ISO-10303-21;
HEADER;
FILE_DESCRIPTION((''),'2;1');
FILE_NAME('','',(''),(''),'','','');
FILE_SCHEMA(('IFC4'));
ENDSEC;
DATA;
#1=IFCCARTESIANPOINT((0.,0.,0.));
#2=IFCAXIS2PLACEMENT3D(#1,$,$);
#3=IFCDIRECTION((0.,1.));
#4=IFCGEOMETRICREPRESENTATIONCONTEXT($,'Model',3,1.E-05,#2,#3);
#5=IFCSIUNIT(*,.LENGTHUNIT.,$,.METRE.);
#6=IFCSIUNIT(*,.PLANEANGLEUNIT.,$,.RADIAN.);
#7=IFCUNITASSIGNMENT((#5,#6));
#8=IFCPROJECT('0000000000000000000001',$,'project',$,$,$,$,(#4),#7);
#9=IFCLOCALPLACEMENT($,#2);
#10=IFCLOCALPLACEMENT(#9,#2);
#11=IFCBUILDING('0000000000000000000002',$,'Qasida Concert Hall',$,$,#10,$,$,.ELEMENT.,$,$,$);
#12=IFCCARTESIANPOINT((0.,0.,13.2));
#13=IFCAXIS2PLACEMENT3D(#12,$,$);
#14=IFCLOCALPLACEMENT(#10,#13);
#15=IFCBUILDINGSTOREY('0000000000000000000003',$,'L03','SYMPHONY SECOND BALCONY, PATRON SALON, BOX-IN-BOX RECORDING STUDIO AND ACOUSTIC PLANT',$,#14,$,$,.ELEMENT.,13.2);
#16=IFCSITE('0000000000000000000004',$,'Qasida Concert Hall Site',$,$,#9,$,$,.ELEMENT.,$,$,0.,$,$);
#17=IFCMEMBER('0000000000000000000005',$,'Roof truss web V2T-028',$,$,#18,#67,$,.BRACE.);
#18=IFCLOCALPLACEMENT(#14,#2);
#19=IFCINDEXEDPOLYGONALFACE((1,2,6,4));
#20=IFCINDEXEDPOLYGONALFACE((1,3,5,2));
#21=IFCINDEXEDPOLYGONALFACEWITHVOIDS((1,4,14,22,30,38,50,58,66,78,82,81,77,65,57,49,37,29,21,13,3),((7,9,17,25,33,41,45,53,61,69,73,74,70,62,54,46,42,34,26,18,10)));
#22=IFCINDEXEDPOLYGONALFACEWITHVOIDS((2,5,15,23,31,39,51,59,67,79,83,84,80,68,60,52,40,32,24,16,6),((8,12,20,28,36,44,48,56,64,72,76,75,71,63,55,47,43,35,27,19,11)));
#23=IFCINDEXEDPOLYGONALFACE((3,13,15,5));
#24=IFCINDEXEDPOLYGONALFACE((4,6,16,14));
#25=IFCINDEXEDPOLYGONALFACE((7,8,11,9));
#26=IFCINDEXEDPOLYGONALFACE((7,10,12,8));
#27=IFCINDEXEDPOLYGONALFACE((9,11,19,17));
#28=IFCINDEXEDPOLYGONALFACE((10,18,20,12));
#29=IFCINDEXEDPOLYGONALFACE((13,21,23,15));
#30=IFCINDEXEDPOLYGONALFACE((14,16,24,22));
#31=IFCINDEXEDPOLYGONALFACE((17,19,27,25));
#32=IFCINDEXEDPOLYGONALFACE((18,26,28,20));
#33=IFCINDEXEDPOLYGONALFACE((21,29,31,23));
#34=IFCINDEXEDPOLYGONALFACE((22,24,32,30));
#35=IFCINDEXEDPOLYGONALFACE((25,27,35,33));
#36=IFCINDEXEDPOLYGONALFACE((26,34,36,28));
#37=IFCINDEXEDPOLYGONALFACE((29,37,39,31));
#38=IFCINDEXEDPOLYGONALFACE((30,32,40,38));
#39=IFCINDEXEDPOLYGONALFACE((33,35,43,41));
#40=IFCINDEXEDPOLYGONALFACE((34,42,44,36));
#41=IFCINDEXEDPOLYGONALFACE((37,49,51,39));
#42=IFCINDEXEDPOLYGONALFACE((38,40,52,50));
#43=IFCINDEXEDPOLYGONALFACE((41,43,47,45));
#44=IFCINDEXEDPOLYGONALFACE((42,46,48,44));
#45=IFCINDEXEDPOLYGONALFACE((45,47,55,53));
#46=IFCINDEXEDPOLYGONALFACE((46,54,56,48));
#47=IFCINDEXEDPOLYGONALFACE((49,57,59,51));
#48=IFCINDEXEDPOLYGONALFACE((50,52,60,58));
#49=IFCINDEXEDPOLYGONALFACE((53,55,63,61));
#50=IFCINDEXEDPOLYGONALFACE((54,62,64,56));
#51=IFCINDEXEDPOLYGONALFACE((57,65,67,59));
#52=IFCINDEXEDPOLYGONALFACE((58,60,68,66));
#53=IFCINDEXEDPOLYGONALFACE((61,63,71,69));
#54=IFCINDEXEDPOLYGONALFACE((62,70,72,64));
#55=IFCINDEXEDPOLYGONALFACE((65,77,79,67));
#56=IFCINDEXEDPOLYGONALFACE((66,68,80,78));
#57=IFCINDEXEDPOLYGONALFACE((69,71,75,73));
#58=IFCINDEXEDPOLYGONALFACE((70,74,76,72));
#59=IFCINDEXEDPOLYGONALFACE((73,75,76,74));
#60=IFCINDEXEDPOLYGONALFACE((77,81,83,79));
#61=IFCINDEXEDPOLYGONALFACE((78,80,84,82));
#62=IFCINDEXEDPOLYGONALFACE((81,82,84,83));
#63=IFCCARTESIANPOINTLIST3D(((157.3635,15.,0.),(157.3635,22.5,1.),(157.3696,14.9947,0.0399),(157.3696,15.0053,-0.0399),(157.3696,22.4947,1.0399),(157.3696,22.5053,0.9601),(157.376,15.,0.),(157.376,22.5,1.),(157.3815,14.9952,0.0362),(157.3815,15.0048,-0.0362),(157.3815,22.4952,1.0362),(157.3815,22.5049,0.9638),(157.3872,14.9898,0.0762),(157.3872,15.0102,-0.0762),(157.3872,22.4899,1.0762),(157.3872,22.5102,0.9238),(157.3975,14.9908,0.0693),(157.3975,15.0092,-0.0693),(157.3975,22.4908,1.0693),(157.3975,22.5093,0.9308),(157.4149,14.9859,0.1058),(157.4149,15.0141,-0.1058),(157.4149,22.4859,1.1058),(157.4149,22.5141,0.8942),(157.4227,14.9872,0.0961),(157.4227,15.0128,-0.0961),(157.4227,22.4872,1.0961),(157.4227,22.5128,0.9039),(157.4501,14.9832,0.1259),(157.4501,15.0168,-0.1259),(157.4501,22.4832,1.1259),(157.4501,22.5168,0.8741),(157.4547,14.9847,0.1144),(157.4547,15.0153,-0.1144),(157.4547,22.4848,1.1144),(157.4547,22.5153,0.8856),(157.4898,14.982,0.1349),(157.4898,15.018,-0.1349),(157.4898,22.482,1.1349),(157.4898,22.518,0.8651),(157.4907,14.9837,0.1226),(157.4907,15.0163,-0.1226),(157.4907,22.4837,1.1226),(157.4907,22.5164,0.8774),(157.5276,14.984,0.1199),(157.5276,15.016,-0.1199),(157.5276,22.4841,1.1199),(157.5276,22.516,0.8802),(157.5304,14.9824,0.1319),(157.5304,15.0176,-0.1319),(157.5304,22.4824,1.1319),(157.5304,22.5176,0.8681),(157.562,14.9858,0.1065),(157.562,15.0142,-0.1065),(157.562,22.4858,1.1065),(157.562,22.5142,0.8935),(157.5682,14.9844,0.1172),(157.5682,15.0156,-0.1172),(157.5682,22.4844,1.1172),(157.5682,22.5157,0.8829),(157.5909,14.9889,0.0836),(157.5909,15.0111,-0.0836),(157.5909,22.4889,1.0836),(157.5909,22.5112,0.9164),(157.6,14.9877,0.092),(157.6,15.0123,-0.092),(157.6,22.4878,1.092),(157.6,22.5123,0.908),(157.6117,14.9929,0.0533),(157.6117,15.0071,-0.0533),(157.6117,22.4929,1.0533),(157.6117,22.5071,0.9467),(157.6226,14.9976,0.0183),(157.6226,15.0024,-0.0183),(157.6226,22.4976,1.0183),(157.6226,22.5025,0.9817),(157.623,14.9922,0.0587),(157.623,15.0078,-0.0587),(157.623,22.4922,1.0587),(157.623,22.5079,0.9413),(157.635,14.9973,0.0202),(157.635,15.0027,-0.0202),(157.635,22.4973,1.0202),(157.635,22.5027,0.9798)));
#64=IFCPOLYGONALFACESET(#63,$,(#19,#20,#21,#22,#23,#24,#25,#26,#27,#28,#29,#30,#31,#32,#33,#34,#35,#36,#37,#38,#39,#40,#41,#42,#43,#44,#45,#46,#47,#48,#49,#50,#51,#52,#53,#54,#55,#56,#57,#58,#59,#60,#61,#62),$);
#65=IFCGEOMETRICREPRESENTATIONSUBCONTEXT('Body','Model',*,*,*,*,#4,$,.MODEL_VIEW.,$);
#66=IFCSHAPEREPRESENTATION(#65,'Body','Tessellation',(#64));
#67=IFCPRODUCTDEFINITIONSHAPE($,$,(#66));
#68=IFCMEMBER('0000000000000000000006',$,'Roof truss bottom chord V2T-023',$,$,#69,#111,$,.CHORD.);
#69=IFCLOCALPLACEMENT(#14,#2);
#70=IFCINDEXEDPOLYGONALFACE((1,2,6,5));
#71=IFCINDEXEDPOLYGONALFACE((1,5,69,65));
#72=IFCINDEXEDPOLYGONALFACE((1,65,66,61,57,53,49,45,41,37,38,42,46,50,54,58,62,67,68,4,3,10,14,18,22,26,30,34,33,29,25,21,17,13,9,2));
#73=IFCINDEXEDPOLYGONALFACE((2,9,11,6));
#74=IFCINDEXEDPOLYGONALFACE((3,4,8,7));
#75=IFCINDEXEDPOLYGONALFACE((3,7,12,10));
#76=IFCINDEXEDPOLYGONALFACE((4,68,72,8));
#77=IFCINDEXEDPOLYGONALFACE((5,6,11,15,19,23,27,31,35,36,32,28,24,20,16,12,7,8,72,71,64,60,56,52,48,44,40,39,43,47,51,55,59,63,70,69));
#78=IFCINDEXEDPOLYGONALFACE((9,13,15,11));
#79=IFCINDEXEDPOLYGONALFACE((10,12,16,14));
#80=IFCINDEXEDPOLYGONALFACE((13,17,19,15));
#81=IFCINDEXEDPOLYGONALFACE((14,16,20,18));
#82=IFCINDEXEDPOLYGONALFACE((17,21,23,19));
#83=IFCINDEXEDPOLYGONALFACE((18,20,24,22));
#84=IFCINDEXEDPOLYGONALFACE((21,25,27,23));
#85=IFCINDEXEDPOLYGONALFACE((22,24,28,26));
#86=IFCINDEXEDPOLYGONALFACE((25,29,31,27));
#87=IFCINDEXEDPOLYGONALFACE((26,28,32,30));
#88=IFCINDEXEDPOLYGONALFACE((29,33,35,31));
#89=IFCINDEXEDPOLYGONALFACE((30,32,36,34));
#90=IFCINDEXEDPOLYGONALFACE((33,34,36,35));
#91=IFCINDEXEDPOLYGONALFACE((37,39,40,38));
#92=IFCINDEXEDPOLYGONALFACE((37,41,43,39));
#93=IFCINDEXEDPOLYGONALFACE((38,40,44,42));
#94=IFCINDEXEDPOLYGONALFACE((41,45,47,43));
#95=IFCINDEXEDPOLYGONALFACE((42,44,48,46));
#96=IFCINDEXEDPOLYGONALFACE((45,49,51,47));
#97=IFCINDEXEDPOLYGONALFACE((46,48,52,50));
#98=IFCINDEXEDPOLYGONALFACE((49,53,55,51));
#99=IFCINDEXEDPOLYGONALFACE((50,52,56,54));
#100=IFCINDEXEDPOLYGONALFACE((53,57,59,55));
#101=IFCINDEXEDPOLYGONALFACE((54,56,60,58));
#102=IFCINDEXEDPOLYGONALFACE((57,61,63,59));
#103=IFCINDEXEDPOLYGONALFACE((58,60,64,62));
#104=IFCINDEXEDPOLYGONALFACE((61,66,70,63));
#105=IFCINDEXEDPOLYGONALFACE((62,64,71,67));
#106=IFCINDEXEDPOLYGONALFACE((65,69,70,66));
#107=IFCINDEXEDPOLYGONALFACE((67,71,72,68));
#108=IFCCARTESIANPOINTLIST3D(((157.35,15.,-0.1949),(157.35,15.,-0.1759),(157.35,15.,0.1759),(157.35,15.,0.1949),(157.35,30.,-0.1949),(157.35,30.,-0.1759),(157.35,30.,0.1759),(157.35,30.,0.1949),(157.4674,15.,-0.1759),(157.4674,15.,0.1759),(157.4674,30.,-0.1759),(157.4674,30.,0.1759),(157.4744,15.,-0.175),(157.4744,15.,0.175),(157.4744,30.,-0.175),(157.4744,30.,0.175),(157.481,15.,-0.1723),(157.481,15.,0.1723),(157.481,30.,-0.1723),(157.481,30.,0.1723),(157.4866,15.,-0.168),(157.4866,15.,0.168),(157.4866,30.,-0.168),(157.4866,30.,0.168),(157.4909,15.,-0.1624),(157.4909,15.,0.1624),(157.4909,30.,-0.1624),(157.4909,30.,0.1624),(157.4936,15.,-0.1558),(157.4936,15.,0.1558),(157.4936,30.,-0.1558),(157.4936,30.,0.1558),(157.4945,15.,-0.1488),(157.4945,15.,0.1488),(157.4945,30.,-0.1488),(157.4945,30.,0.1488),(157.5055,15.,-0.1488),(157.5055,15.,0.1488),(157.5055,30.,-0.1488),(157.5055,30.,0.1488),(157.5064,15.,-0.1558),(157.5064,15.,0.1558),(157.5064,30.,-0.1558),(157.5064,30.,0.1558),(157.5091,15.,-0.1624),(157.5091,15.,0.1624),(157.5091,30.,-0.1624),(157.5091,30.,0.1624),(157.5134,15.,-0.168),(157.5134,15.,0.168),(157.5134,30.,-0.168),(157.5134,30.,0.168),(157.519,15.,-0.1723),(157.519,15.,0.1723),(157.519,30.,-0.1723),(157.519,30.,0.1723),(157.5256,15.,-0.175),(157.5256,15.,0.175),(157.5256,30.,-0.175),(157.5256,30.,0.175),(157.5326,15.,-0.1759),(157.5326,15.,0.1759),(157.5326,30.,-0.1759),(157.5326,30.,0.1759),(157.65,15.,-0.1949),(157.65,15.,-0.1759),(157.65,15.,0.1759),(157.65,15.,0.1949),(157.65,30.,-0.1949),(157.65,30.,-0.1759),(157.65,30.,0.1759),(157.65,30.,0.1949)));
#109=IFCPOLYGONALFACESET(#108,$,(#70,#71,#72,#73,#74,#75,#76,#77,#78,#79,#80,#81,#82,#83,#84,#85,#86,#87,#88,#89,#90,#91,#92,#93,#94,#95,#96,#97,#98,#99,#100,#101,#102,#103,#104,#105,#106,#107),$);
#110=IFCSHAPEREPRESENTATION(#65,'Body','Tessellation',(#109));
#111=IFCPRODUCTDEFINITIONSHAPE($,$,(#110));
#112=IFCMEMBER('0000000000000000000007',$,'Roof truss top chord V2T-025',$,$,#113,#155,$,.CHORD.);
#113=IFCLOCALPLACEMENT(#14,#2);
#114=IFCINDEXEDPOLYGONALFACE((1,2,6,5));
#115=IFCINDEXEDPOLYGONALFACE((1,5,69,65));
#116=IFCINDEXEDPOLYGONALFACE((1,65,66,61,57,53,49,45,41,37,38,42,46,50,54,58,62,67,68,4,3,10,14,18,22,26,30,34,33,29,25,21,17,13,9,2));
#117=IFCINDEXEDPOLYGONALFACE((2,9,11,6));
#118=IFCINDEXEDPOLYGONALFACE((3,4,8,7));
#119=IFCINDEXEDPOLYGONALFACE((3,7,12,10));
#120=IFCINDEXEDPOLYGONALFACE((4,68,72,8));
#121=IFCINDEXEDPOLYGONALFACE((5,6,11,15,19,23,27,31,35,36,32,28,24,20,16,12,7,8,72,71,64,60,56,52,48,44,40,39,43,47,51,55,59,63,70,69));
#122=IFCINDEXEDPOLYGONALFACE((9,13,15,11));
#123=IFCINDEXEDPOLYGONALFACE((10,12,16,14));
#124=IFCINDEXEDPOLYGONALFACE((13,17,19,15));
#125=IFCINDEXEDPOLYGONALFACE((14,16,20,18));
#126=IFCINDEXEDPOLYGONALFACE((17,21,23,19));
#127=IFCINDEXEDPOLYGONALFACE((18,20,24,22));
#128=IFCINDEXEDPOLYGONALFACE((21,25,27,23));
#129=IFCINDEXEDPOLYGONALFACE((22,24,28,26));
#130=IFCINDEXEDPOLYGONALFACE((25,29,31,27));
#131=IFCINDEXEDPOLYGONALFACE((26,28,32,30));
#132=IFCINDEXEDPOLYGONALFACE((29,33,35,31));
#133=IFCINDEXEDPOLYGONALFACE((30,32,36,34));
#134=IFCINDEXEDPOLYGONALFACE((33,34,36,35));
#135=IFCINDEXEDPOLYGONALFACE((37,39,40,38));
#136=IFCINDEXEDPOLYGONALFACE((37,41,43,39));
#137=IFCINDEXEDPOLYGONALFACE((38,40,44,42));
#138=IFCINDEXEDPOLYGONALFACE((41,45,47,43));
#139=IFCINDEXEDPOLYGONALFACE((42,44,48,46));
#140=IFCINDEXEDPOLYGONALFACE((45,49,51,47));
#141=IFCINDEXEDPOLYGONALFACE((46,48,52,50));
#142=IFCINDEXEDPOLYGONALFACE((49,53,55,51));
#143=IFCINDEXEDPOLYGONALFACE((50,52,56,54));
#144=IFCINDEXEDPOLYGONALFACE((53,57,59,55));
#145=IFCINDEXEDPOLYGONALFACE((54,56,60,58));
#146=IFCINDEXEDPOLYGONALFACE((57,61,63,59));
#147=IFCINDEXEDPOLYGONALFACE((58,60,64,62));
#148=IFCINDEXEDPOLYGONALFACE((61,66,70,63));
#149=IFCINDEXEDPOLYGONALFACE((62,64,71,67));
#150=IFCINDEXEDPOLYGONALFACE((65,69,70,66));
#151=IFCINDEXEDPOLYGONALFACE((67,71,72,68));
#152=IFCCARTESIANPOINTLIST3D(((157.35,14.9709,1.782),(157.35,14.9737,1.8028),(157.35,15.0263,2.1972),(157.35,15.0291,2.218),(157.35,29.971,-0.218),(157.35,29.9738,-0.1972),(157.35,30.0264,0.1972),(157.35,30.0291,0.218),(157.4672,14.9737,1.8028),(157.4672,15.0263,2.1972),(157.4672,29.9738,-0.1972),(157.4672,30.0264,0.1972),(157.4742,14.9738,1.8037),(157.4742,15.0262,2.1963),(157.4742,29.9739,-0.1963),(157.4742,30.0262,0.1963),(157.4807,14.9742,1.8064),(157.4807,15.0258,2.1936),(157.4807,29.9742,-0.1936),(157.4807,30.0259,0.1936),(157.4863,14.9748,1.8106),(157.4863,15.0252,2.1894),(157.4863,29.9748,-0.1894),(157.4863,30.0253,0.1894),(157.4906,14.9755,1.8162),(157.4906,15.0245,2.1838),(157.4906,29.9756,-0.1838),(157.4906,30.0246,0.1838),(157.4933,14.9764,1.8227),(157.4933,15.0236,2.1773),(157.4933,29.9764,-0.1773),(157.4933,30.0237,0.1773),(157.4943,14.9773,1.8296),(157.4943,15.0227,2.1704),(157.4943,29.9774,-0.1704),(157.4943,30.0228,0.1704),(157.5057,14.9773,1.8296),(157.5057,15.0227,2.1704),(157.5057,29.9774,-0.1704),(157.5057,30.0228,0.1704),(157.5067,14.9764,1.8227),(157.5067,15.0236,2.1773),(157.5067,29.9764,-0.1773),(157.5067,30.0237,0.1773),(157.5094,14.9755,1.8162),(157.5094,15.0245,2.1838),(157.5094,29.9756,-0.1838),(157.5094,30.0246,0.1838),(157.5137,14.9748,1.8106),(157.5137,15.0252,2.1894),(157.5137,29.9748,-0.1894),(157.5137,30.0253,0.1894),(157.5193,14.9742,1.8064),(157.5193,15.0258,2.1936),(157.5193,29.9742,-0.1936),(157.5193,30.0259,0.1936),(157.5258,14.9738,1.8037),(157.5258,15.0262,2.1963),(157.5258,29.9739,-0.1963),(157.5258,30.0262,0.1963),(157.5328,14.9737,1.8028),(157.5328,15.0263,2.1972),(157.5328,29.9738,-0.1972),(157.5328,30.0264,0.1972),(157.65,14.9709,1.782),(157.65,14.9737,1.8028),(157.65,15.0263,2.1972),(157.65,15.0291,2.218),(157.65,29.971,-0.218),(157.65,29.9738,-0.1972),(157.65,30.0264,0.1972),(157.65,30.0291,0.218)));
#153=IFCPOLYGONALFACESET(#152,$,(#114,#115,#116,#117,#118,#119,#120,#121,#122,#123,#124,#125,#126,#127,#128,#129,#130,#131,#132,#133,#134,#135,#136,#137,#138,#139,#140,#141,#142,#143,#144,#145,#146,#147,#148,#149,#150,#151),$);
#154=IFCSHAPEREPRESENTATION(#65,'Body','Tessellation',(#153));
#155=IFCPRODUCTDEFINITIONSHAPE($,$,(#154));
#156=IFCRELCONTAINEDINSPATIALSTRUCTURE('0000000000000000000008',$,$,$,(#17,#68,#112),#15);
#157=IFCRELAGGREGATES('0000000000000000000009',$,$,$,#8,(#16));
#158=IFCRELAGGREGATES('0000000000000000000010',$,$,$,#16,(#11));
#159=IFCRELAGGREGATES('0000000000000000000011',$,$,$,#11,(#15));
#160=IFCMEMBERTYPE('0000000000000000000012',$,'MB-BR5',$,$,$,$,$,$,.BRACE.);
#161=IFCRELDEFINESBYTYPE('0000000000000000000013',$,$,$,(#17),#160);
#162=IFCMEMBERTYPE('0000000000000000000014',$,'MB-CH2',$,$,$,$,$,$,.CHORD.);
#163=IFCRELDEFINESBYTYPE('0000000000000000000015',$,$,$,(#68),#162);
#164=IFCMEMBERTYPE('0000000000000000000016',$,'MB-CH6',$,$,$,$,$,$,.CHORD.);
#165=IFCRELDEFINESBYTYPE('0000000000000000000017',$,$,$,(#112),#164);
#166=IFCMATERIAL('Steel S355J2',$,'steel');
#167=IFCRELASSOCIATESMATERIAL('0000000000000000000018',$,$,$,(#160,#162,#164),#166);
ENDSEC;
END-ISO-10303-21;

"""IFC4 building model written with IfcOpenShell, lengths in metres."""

from ifc_helpers import new_model, si_unit, direction, frame, origin, origin_2d, place, context, subcontext, project, spatial, hollow_circle, i_section, extrude, material, material_profile, profile_set, type_object, element, save


model = new_model("IFC4")

# Units and contexts
model_context = context("Model", 3, precision=1e-05, world=origin(), true_north=direction((0.0, 1.0)))
body_context = subcontext(model_context, "Body", "Model", "MODEL_VIEW")
ifc_project = project(units=[si_unit("LENGTHUNIT", "METRE"), si_unit("PLANEANGLEUNIT", "RADIAN")], contexts=[model_context])

# Site, building, storey
site_placement = place(None, origin())
site = spatial("IfcSite", under=ifc_project, at=site_placement, Name="Qasida Concert Hall Site", CompositionType="ELEMENT", RefElevation=0.0)
building_placement = place(site_placement, origin())
building = spatial("IfcBuilding", under=site, at=building_placement, Name="Qasida Concert Hall", CompositionType="ELEMENT")
storey_placement = place(building_placement, frame((0.0, 0.0, 13.2)))
storey = spatial("IfcBuildingStorey", under=building, at=storey_placement, Name="L03", Description="SYMPHONY SECOND BALCONY, PATRON SALON, BOX-IN-BOX RECORDING STUDIO AND ACOUSTIC PLANT", CompositionType="ELEMENT", Elevation=13.2)

# Members
ifc_material_1 = material(Name="Steel S355J2", Category="steel")
ifc_material_profile_1 = material_profile(ifc_material_1, hollow_circle(Radius=0.1365, WallThickness=0.0125, at=origin_2d()), Name="CHS 273x12.5")
ifc_profile_set_1 = profile_set([ifc_material_profile_1], Name="Steel S355J2")
member_type_1 = type_object("IfcMemberType", Name="MB-BR5", PredefinedType="BRACE", material=ifc_profile_set_1)
for number, where, z_axis, x_axis, name in (
    (1, (157.5, 15.0, 0.0), (0.0, 0.991228, 0.132164), (-1.0, 0.0, 0.0), "Roof truss web V2T-028"),
):
    element("IfcMember", number, at=place(storey_placement, frame(where, z_axis=z_axis, x_axis=x_axis)), inside=storey, type_object=member_type_1, Name=name, PredefinedType="BRACE", context=body_context, shape_type="SweptSolid", body=[
        extrude(hollow_circle(Radius=0.1365, WallThickness=0.0125, at=origin_2d()), origin(), (0.0, 0.0, 1.0), 7.5664),
    ])
ifc_material_profile_2 = material_profile(ifc_material_1, i_section(OverallWidth=0.3, OverallDepth=0.3899, WebThickness=0.011, FlangeThickness=0.019, FilletRadius=0.0271, at=origin_2d()), Name="HEA 400")
ifc_profile_set_2 = profile_set([ifc_material_profile_2], Name="Steel S355J2")
member_type_2 = type_object("IfcMemberType", Name="MB-CH2", PredefinedType="CHORD", material=ifc_profile_set_2)
member_1_placement = place(storey_placement, frame((157.5, 15.0, 0.0), z_axis=(0.0, 1.0, 0.0), x_axis=(-1.0, 0.0, 0.0)))
element("IfcMember", 2, at=member_1_placement, inside=storey, type_object=member_type_2, Name="Roof truss bottom chord V2T-023", PredefinedType="CHORD", context=body_context, shape_type="SweptSolid", body=[
    extrude(i_section(OverallWidth=0.3, OverallDepth=0.3899, WebThickness=0.011, FlangeThickness=0.019, FilletRadius=0.0271, at=origin_2d()), origin(), (0.0, 0.0, 1.0), 15.0),
])
ifc_material_profile_3 = material_profile(ifc_material_1, i_section(OverallWidth=0.3, OverallDepth=0.4399, WebThickness=0.0115, FlangeThickness=0.021, FilletRadius=0.0271, at=origin_2d()), Name="HEA 450")
ifc_profile_set_3 = profile_set([ifc_material_profile_3], Name="Steel S355J2")
member_type_3 = type_object("IfcMemberType", Name="MB-CH6", PredefinedType="CHORD", material=ifc_profile_set_3)
member_2_placement = place(storey_placement, frame((157.5, 15.0, 2.0), z_axis=(0.0, 0.991228, -0.132164), x_axis=(-1.0, 0.0, 0.0)))
element("IfcMember", 3, at=member_2_placement, inside=storey, type_object=member_type_3, Name="Roof truss top chord V2T-025", PredefinedType="CHORD", context=body_context, shape_type="SweptSolid", body=[
    extrude(i_section(OverallWidth=0.3, OverallDepth=0.4399, WebThickness=0.0115, FlangeThickness=0.021, FilletRadius=0.0271, at=origin_2d()), origin(), (0.0, 0.0, 1.0), 15.1328),
])

save(model, "model.ifc")
